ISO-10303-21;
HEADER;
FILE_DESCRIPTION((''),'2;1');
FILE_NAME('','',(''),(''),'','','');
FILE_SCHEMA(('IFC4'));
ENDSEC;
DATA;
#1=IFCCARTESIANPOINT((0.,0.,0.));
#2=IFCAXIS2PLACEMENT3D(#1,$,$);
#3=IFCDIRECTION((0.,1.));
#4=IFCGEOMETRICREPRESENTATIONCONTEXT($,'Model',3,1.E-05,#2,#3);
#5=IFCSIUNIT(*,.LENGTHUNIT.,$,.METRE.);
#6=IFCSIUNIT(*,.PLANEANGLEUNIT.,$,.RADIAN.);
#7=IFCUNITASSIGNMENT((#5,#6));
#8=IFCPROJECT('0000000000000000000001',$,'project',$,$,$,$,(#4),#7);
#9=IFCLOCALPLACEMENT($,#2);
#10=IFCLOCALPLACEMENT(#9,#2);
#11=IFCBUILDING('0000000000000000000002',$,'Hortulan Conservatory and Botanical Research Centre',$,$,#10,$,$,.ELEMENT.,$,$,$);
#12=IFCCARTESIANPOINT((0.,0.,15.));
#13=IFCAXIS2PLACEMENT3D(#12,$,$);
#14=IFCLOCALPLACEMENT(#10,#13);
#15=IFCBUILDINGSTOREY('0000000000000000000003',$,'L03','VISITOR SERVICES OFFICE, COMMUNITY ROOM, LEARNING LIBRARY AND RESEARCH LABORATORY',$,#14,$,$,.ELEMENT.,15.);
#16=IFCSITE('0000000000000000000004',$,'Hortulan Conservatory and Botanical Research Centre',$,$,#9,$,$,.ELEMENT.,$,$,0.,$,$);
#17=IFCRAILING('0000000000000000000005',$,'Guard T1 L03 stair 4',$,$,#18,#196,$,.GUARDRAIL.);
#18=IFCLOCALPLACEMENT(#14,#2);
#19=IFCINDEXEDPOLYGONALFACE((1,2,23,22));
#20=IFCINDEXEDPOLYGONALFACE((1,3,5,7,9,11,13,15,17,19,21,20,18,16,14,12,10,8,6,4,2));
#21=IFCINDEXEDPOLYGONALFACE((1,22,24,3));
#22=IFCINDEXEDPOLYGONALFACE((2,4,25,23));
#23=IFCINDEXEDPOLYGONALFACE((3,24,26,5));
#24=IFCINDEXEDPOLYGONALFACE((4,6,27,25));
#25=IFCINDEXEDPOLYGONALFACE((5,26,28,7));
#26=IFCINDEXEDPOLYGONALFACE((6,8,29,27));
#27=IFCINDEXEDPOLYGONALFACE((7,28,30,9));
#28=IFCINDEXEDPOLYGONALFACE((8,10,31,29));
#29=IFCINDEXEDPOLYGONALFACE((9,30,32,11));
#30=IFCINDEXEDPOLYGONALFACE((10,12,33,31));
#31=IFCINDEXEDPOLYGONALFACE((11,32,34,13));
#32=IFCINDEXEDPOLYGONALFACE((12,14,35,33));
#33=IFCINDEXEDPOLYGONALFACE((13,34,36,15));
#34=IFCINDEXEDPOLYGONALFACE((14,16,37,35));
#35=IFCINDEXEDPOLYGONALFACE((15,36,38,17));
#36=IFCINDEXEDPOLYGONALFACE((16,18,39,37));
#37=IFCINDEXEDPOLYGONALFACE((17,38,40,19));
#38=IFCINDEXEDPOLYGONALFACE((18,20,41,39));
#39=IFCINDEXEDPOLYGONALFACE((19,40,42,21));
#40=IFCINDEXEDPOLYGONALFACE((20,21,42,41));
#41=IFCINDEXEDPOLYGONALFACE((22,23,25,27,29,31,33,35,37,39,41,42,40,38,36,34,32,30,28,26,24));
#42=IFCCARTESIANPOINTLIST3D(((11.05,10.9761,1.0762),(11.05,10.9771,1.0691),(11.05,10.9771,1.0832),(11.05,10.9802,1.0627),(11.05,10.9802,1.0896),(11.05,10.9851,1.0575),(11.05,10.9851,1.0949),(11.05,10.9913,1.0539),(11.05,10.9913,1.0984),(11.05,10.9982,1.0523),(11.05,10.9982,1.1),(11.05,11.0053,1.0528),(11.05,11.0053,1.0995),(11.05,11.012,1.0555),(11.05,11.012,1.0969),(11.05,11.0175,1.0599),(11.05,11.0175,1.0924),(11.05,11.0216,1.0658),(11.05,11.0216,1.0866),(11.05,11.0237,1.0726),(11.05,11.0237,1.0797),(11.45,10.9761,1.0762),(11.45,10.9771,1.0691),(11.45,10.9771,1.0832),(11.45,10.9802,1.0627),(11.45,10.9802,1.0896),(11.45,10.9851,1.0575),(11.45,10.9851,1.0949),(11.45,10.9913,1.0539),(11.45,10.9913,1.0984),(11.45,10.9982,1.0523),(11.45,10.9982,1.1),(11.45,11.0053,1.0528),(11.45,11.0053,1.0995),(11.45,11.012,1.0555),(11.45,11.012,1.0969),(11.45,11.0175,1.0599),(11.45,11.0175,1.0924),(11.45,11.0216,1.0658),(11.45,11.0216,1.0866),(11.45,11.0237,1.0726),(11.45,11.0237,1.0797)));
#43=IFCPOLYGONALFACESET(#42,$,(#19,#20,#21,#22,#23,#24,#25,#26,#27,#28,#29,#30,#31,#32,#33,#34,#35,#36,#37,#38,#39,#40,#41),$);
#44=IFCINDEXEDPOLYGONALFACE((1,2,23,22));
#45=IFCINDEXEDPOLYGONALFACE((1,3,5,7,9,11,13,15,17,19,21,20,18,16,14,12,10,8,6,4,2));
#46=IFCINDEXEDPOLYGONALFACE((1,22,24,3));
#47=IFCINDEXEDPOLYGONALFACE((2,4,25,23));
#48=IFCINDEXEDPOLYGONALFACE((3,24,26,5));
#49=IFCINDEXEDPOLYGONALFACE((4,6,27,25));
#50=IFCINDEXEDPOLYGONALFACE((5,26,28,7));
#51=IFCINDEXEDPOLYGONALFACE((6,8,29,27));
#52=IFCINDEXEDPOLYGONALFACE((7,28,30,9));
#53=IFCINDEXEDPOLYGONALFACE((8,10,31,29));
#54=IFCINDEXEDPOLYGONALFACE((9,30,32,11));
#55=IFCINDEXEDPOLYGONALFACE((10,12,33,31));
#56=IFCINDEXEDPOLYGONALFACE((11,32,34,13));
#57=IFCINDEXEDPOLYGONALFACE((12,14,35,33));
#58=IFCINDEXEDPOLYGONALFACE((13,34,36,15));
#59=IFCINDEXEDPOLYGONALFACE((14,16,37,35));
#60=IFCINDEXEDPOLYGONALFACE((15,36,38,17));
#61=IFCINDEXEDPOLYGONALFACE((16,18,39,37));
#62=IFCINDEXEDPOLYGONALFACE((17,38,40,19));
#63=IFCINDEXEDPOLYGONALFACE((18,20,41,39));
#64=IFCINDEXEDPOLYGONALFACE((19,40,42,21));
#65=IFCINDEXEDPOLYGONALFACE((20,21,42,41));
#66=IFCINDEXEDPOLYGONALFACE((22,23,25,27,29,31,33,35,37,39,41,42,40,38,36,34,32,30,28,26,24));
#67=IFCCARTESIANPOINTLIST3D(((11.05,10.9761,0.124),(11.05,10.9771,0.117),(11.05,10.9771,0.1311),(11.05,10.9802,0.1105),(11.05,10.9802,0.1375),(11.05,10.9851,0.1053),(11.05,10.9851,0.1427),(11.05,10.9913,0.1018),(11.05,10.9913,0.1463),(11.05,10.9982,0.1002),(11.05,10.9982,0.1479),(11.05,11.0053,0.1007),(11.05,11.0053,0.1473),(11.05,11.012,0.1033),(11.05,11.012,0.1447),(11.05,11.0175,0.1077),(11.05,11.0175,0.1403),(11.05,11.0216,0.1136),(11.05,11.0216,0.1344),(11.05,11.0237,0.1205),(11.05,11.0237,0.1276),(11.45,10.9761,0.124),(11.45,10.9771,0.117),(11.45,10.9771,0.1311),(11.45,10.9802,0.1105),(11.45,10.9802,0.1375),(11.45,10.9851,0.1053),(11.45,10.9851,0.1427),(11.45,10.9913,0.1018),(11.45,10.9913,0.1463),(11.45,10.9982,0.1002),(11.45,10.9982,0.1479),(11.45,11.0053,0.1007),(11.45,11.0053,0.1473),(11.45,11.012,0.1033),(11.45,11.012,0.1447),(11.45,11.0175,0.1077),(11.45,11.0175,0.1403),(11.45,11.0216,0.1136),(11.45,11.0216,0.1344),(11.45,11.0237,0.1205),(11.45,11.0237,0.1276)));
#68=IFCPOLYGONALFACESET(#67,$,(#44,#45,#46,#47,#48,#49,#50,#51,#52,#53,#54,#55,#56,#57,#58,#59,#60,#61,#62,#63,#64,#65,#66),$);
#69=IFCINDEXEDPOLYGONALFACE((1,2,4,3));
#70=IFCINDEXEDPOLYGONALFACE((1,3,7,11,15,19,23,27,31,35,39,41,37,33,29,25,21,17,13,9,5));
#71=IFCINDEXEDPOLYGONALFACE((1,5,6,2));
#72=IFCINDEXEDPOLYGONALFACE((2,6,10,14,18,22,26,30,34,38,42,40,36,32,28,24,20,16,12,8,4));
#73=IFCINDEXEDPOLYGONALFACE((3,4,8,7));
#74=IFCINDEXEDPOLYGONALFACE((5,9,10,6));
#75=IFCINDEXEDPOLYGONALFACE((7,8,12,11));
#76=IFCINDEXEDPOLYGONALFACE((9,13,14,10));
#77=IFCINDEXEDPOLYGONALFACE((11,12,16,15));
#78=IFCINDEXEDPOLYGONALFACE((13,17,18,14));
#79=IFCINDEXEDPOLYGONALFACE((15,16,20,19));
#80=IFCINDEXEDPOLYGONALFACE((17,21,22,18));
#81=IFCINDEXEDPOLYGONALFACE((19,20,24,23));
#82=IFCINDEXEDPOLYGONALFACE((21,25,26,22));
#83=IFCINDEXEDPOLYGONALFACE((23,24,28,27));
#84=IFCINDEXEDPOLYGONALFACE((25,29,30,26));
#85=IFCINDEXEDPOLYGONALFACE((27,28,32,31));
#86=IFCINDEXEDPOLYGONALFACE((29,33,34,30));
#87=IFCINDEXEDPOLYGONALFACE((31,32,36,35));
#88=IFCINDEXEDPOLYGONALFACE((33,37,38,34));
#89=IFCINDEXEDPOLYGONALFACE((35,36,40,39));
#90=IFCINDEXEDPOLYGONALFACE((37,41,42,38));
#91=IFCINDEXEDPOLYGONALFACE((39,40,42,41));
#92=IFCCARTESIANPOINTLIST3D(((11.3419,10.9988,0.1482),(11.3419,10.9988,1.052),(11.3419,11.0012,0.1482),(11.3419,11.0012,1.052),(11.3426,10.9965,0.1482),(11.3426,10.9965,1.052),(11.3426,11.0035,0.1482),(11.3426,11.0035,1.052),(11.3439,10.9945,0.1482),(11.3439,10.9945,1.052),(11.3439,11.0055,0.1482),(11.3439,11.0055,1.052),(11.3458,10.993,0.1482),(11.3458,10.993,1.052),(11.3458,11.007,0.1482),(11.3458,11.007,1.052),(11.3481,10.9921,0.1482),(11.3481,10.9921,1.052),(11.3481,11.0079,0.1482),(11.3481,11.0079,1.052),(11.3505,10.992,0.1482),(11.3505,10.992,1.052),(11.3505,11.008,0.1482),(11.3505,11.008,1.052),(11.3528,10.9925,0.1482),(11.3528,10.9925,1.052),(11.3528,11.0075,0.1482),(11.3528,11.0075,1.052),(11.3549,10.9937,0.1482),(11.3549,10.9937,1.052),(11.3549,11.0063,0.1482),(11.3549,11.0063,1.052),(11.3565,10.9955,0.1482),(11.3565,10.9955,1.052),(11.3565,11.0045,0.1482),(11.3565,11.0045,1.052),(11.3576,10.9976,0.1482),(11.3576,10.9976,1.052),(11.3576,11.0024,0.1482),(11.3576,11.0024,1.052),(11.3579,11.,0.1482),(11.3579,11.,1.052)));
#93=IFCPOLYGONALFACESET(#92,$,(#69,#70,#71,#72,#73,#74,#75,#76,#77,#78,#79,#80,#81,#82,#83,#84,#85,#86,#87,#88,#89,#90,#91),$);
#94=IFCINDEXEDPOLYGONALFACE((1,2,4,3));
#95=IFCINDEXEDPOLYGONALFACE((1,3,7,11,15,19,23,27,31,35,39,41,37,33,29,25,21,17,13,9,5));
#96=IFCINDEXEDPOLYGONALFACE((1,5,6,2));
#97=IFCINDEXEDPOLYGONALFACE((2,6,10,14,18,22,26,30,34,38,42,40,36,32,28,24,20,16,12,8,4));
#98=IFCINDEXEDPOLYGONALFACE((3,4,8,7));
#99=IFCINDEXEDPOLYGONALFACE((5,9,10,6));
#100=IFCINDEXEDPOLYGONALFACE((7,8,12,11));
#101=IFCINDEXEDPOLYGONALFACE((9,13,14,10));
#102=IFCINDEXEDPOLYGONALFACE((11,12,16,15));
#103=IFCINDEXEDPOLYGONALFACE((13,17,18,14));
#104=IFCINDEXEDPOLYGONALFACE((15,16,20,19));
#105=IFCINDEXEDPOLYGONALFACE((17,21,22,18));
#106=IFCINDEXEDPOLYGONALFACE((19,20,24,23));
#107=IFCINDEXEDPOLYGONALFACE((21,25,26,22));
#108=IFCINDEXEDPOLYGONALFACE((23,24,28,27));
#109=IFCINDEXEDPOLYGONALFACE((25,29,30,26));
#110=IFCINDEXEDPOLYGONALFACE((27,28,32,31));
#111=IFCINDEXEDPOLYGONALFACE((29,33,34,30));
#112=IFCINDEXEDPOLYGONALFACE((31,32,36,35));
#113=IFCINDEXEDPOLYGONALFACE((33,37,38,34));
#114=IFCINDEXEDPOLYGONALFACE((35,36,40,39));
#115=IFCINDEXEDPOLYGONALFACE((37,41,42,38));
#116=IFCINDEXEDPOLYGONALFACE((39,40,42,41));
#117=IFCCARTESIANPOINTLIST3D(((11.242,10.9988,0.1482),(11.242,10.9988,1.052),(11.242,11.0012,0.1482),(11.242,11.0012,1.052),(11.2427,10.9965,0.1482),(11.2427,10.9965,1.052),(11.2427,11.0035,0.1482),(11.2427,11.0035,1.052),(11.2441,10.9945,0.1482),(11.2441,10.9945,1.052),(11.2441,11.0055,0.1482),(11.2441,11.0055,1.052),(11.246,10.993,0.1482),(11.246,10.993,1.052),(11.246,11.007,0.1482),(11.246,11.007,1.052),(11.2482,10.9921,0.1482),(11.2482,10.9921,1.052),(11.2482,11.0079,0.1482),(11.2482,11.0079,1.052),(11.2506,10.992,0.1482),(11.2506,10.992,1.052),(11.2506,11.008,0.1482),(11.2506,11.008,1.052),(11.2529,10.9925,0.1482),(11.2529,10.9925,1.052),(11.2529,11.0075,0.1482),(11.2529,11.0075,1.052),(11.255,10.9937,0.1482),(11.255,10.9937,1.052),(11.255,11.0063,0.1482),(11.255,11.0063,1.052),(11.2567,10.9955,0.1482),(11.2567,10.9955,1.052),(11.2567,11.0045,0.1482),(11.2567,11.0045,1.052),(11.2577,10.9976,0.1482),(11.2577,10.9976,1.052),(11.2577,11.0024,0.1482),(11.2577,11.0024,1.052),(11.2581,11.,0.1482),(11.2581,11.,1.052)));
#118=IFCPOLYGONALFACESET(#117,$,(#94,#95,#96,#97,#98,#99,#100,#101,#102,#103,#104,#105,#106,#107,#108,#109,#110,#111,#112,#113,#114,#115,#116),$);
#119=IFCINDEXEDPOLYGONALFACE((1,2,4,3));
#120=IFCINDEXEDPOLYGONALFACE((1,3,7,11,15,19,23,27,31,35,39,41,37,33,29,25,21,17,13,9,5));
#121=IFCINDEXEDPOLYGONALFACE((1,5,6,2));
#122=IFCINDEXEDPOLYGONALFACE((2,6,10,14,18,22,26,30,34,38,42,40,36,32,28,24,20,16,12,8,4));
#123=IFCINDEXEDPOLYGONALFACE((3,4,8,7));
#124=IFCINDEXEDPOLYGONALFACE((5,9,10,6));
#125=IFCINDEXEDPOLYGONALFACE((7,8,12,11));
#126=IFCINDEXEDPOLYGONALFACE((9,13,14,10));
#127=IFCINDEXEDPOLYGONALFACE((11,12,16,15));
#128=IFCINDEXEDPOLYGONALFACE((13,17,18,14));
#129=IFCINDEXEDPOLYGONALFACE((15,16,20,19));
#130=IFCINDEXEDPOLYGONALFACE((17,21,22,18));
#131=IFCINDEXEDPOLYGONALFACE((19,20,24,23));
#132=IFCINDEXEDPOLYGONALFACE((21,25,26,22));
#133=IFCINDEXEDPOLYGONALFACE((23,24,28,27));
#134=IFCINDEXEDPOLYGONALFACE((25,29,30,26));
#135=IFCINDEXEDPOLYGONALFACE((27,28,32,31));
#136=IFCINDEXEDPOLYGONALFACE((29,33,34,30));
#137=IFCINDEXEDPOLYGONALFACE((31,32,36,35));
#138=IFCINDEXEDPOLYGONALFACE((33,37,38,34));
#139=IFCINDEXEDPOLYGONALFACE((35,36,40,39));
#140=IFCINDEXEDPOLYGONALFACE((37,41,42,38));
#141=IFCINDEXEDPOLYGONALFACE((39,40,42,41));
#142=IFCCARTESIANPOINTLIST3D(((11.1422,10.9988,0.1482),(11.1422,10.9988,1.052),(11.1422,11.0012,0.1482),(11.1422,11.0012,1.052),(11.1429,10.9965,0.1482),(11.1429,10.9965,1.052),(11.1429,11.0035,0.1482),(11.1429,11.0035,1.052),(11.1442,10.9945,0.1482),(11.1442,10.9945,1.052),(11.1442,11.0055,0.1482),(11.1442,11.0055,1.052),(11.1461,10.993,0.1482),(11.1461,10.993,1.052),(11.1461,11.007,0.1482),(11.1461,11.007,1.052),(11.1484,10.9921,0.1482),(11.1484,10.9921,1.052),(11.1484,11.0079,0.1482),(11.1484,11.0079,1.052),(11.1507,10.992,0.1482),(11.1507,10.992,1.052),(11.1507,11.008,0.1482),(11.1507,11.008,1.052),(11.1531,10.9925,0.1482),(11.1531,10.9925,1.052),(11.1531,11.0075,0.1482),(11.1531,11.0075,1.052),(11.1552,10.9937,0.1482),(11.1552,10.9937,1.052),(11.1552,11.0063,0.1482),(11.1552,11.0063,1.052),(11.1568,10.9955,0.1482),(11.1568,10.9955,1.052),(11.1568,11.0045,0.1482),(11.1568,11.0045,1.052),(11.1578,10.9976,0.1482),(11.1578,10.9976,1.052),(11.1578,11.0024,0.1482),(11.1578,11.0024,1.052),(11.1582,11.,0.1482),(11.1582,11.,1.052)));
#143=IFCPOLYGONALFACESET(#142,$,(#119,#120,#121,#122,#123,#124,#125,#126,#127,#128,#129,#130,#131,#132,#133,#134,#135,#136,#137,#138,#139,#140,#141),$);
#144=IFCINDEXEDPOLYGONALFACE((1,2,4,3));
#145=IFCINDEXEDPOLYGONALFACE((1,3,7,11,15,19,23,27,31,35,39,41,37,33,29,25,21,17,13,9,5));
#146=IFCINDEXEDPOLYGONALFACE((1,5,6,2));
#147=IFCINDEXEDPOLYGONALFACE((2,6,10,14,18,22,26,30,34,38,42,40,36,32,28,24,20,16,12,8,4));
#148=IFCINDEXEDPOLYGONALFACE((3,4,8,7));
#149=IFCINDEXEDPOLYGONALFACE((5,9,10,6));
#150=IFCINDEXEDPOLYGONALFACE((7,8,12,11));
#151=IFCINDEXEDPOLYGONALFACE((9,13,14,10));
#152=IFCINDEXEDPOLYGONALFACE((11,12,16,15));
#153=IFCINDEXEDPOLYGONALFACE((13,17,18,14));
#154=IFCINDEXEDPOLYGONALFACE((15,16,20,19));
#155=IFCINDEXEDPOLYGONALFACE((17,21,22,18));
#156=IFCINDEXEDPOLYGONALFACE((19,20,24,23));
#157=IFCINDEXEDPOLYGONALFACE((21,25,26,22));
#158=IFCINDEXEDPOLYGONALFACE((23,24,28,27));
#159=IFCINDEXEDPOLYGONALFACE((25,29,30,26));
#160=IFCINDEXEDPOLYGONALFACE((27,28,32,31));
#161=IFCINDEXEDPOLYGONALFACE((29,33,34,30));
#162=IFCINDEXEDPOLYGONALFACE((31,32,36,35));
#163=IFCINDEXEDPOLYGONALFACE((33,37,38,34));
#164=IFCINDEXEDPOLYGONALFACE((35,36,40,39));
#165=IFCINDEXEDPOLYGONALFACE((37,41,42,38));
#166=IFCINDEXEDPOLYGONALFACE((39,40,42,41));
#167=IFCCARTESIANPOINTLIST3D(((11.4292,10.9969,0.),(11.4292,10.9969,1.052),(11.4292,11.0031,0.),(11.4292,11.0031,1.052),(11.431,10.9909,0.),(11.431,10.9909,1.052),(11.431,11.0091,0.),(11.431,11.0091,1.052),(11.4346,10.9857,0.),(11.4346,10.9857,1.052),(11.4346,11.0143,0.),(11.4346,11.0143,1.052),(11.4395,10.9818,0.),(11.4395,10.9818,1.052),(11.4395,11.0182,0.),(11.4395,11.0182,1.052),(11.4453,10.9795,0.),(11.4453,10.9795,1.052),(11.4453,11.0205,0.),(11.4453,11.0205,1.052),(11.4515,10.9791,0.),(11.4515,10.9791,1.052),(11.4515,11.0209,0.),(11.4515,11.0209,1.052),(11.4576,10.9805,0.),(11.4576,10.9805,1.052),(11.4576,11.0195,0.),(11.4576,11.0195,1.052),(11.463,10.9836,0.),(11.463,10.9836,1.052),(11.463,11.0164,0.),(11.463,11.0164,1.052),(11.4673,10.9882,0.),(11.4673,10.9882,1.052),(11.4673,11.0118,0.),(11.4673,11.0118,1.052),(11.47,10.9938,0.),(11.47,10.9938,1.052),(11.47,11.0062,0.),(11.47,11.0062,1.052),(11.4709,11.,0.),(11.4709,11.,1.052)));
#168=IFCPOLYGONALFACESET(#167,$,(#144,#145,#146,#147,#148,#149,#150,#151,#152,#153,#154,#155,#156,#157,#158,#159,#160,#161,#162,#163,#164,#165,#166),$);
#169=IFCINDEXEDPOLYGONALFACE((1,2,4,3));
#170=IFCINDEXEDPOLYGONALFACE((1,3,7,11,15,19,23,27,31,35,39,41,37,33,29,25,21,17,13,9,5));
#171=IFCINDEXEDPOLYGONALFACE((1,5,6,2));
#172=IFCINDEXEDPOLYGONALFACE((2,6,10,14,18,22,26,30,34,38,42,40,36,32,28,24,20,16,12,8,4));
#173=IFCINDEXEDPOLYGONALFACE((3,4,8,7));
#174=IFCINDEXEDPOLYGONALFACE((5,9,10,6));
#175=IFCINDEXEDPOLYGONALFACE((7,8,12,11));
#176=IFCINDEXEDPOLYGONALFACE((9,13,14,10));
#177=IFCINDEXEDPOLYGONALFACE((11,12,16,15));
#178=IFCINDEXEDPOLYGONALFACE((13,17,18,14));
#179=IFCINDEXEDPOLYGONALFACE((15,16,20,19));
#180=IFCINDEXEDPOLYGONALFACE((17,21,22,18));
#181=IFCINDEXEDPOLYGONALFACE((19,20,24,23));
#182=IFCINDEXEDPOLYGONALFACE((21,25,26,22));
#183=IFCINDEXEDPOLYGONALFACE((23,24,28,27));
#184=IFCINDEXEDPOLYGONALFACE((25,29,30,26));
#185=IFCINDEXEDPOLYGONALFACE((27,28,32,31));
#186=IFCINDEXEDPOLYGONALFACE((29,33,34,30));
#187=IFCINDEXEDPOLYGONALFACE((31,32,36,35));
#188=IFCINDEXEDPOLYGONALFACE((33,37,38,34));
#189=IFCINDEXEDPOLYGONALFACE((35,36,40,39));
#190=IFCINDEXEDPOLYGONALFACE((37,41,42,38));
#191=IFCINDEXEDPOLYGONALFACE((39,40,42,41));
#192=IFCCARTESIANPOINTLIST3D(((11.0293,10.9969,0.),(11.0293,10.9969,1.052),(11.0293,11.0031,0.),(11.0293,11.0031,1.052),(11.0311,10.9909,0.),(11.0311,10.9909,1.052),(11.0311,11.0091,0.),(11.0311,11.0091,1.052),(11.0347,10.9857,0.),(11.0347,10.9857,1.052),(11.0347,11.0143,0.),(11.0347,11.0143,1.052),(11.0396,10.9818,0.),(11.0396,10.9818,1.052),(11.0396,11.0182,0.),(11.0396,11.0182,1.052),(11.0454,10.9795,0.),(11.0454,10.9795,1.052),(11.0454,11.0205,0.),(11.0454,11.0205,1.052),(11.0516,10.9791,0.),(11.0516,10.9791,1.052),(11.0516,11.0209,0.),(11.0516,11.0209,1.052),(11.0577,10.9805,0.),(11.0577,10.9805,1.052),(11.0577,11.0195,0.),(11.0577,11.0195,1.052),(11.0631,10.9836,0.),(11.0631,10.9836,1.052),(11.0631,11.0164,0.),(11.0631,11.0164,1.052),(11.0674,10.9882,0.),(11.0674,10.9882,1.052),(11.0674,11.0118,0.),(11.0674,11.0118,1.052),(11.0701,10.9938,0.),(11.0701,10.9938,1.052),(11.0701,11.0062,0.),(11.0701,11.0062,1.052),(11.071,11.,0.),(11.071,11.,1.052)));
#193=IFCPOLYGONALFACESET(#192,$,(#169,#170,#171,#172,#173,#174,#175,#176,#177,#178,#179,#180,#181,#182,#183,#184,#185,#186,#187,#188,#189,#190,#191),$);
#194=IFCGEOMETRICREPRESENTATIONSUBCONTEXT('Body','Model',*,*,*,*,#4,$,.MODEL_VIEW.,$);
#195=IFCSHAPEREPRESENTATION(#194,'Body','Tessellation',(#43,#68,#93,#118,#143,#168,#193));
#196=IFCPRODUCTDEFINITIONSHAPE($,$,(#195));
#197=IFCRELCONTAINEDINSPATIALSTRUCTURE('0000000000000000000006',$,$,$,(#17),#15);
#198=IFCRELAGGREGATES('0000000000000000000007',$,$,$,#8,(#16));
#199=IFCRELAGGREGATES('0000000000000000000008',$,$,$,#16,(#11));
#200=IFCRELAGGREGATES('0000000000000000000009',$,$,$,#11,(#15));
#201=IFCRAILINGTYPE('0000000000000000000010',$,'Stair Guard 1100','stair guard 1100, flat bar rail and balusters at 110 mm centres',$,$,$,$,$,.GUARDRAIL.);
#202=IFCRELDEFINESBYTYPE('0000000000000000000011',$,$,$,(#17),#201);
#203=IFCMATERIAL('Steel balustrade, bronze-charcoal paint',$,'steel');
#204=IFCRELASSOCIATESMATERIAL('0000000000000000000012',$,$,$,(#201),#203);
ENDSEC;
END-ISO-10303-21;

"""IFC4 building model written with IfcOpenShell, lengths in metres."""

from ifc_helpers import new_model, si_unit, direction, frame, origin, origin_2d, place, context, subcontext, project, spatial, circle, extrude, material, type_object, element, save


model = new_model("IFC4")

# Units and contexts
model_context = context("Model", 3, precision=1e-05, world=origin(), true_north=direction((0.0, 1.0)))
body_context = subcontext(model_context, "Body", "Model", "MODEL_VIEW")
ifc_project = project(units=[si_unit("LENGTHUNIT", "METRE"), si_unit("PLANEANGLEUNIT", "RADIAN")], contexts=[model_context])

# Site, building, storey
site_placement = place(None, origin())
site = spatial("IfcSite", under=ifc_project, at=site_placement, Name="Hortulan Conservatory and Botanical Research Centre", CompositionType="ELEMENT", RefElevation=0.0)
building_placement = place(site_placement, origin())
building = spatial("IfcBuilding", under=site, at=building_placement, Name="Hortulan Conservatory and Botanical Research Centre", CompositionType="ELEMENT")
storey_placement = place(building_placement, frame((0.0, 0.0, 15.0)))
storey = spatial("IfcBuildingStorey", under=building, at=storey_placement, Name="L03", Description="VISITOR SERVICES OFFICE, COMMUNITY ROOM, LEARNING LIBRARY AND RESEARCH LABORATORY", CompositionType="ELEMENT", Elevation=15.0)

# Railing
ifc_material_1 = material(Name="Steel balustrade, bronze-charcoal paint", Category="steel")
railing_type_1 = type_object("IfcRailingType", Name="Stair Guard 1100", Description="stair guard 1100, flat bar rail and balusters at 110 mm centres", PredefinedType="GUARDRAIL", material=ifc_material_1)
railing_1_placement = place(storey_placement, frame((11.45, 11.0, 0.0)))
element("IfcRailing", 1, at=railing_1_placement, inside=storey, type_object=railing_type_1, Name="Guard T1 L03 stair 4", PredefinedType="GUARDRAIL", context=body_context, shape_type="SweptSolid", body=[
    extrude(circle(Radius=0.0239, at=origin_2d()), frame((0.0, 0.0, 1.0762), z_axis=(-1.0, 0.0, 0.0), x_axis=(0.0, -1.0, 0.0)), (0.0, 0.0, 1.0), 0.3999),
    extrude(circle(Radius=0.0239, at=origin_2d()), frame((0.0, 0.0, 0.124), z_axis=(-1.0, 0.0, 0.0), x_axis=(0.0, -1.0, 0.0)), (0.0, 0.0, 1.0), 0.3999),
    extrude(circle(Radius=0.0081, at=origin_2d()), frame((-0.1001, 0.0, 0.1482)), (0.0, 0.0, 1.0), 0.9038),
    extrude(circle(Radius=0.0081, at=origin_2d()), frame((-0.2, 0.0, 0.1482)), (0.0, 0.0, 1.0), 0.9038),
    extrude(circle(Radius=0.0081, at=origin_2d()), frame((-0.2998, 0.0, 0.1482)), (0.0, 0.0, 1.0), 0.9038),
    extrude(circle(Radius=0.021, at=origin_2d()), origin(), (0.0, 0.0, 1.0), 1.052),
    extrude(circle(Radius=0.021, at=origin_2d()), frame((-0.3999, 0.0, 0.0)), (0.0, 0.0, 1.0), 1.052),
])

save(model, "model.ifc")
